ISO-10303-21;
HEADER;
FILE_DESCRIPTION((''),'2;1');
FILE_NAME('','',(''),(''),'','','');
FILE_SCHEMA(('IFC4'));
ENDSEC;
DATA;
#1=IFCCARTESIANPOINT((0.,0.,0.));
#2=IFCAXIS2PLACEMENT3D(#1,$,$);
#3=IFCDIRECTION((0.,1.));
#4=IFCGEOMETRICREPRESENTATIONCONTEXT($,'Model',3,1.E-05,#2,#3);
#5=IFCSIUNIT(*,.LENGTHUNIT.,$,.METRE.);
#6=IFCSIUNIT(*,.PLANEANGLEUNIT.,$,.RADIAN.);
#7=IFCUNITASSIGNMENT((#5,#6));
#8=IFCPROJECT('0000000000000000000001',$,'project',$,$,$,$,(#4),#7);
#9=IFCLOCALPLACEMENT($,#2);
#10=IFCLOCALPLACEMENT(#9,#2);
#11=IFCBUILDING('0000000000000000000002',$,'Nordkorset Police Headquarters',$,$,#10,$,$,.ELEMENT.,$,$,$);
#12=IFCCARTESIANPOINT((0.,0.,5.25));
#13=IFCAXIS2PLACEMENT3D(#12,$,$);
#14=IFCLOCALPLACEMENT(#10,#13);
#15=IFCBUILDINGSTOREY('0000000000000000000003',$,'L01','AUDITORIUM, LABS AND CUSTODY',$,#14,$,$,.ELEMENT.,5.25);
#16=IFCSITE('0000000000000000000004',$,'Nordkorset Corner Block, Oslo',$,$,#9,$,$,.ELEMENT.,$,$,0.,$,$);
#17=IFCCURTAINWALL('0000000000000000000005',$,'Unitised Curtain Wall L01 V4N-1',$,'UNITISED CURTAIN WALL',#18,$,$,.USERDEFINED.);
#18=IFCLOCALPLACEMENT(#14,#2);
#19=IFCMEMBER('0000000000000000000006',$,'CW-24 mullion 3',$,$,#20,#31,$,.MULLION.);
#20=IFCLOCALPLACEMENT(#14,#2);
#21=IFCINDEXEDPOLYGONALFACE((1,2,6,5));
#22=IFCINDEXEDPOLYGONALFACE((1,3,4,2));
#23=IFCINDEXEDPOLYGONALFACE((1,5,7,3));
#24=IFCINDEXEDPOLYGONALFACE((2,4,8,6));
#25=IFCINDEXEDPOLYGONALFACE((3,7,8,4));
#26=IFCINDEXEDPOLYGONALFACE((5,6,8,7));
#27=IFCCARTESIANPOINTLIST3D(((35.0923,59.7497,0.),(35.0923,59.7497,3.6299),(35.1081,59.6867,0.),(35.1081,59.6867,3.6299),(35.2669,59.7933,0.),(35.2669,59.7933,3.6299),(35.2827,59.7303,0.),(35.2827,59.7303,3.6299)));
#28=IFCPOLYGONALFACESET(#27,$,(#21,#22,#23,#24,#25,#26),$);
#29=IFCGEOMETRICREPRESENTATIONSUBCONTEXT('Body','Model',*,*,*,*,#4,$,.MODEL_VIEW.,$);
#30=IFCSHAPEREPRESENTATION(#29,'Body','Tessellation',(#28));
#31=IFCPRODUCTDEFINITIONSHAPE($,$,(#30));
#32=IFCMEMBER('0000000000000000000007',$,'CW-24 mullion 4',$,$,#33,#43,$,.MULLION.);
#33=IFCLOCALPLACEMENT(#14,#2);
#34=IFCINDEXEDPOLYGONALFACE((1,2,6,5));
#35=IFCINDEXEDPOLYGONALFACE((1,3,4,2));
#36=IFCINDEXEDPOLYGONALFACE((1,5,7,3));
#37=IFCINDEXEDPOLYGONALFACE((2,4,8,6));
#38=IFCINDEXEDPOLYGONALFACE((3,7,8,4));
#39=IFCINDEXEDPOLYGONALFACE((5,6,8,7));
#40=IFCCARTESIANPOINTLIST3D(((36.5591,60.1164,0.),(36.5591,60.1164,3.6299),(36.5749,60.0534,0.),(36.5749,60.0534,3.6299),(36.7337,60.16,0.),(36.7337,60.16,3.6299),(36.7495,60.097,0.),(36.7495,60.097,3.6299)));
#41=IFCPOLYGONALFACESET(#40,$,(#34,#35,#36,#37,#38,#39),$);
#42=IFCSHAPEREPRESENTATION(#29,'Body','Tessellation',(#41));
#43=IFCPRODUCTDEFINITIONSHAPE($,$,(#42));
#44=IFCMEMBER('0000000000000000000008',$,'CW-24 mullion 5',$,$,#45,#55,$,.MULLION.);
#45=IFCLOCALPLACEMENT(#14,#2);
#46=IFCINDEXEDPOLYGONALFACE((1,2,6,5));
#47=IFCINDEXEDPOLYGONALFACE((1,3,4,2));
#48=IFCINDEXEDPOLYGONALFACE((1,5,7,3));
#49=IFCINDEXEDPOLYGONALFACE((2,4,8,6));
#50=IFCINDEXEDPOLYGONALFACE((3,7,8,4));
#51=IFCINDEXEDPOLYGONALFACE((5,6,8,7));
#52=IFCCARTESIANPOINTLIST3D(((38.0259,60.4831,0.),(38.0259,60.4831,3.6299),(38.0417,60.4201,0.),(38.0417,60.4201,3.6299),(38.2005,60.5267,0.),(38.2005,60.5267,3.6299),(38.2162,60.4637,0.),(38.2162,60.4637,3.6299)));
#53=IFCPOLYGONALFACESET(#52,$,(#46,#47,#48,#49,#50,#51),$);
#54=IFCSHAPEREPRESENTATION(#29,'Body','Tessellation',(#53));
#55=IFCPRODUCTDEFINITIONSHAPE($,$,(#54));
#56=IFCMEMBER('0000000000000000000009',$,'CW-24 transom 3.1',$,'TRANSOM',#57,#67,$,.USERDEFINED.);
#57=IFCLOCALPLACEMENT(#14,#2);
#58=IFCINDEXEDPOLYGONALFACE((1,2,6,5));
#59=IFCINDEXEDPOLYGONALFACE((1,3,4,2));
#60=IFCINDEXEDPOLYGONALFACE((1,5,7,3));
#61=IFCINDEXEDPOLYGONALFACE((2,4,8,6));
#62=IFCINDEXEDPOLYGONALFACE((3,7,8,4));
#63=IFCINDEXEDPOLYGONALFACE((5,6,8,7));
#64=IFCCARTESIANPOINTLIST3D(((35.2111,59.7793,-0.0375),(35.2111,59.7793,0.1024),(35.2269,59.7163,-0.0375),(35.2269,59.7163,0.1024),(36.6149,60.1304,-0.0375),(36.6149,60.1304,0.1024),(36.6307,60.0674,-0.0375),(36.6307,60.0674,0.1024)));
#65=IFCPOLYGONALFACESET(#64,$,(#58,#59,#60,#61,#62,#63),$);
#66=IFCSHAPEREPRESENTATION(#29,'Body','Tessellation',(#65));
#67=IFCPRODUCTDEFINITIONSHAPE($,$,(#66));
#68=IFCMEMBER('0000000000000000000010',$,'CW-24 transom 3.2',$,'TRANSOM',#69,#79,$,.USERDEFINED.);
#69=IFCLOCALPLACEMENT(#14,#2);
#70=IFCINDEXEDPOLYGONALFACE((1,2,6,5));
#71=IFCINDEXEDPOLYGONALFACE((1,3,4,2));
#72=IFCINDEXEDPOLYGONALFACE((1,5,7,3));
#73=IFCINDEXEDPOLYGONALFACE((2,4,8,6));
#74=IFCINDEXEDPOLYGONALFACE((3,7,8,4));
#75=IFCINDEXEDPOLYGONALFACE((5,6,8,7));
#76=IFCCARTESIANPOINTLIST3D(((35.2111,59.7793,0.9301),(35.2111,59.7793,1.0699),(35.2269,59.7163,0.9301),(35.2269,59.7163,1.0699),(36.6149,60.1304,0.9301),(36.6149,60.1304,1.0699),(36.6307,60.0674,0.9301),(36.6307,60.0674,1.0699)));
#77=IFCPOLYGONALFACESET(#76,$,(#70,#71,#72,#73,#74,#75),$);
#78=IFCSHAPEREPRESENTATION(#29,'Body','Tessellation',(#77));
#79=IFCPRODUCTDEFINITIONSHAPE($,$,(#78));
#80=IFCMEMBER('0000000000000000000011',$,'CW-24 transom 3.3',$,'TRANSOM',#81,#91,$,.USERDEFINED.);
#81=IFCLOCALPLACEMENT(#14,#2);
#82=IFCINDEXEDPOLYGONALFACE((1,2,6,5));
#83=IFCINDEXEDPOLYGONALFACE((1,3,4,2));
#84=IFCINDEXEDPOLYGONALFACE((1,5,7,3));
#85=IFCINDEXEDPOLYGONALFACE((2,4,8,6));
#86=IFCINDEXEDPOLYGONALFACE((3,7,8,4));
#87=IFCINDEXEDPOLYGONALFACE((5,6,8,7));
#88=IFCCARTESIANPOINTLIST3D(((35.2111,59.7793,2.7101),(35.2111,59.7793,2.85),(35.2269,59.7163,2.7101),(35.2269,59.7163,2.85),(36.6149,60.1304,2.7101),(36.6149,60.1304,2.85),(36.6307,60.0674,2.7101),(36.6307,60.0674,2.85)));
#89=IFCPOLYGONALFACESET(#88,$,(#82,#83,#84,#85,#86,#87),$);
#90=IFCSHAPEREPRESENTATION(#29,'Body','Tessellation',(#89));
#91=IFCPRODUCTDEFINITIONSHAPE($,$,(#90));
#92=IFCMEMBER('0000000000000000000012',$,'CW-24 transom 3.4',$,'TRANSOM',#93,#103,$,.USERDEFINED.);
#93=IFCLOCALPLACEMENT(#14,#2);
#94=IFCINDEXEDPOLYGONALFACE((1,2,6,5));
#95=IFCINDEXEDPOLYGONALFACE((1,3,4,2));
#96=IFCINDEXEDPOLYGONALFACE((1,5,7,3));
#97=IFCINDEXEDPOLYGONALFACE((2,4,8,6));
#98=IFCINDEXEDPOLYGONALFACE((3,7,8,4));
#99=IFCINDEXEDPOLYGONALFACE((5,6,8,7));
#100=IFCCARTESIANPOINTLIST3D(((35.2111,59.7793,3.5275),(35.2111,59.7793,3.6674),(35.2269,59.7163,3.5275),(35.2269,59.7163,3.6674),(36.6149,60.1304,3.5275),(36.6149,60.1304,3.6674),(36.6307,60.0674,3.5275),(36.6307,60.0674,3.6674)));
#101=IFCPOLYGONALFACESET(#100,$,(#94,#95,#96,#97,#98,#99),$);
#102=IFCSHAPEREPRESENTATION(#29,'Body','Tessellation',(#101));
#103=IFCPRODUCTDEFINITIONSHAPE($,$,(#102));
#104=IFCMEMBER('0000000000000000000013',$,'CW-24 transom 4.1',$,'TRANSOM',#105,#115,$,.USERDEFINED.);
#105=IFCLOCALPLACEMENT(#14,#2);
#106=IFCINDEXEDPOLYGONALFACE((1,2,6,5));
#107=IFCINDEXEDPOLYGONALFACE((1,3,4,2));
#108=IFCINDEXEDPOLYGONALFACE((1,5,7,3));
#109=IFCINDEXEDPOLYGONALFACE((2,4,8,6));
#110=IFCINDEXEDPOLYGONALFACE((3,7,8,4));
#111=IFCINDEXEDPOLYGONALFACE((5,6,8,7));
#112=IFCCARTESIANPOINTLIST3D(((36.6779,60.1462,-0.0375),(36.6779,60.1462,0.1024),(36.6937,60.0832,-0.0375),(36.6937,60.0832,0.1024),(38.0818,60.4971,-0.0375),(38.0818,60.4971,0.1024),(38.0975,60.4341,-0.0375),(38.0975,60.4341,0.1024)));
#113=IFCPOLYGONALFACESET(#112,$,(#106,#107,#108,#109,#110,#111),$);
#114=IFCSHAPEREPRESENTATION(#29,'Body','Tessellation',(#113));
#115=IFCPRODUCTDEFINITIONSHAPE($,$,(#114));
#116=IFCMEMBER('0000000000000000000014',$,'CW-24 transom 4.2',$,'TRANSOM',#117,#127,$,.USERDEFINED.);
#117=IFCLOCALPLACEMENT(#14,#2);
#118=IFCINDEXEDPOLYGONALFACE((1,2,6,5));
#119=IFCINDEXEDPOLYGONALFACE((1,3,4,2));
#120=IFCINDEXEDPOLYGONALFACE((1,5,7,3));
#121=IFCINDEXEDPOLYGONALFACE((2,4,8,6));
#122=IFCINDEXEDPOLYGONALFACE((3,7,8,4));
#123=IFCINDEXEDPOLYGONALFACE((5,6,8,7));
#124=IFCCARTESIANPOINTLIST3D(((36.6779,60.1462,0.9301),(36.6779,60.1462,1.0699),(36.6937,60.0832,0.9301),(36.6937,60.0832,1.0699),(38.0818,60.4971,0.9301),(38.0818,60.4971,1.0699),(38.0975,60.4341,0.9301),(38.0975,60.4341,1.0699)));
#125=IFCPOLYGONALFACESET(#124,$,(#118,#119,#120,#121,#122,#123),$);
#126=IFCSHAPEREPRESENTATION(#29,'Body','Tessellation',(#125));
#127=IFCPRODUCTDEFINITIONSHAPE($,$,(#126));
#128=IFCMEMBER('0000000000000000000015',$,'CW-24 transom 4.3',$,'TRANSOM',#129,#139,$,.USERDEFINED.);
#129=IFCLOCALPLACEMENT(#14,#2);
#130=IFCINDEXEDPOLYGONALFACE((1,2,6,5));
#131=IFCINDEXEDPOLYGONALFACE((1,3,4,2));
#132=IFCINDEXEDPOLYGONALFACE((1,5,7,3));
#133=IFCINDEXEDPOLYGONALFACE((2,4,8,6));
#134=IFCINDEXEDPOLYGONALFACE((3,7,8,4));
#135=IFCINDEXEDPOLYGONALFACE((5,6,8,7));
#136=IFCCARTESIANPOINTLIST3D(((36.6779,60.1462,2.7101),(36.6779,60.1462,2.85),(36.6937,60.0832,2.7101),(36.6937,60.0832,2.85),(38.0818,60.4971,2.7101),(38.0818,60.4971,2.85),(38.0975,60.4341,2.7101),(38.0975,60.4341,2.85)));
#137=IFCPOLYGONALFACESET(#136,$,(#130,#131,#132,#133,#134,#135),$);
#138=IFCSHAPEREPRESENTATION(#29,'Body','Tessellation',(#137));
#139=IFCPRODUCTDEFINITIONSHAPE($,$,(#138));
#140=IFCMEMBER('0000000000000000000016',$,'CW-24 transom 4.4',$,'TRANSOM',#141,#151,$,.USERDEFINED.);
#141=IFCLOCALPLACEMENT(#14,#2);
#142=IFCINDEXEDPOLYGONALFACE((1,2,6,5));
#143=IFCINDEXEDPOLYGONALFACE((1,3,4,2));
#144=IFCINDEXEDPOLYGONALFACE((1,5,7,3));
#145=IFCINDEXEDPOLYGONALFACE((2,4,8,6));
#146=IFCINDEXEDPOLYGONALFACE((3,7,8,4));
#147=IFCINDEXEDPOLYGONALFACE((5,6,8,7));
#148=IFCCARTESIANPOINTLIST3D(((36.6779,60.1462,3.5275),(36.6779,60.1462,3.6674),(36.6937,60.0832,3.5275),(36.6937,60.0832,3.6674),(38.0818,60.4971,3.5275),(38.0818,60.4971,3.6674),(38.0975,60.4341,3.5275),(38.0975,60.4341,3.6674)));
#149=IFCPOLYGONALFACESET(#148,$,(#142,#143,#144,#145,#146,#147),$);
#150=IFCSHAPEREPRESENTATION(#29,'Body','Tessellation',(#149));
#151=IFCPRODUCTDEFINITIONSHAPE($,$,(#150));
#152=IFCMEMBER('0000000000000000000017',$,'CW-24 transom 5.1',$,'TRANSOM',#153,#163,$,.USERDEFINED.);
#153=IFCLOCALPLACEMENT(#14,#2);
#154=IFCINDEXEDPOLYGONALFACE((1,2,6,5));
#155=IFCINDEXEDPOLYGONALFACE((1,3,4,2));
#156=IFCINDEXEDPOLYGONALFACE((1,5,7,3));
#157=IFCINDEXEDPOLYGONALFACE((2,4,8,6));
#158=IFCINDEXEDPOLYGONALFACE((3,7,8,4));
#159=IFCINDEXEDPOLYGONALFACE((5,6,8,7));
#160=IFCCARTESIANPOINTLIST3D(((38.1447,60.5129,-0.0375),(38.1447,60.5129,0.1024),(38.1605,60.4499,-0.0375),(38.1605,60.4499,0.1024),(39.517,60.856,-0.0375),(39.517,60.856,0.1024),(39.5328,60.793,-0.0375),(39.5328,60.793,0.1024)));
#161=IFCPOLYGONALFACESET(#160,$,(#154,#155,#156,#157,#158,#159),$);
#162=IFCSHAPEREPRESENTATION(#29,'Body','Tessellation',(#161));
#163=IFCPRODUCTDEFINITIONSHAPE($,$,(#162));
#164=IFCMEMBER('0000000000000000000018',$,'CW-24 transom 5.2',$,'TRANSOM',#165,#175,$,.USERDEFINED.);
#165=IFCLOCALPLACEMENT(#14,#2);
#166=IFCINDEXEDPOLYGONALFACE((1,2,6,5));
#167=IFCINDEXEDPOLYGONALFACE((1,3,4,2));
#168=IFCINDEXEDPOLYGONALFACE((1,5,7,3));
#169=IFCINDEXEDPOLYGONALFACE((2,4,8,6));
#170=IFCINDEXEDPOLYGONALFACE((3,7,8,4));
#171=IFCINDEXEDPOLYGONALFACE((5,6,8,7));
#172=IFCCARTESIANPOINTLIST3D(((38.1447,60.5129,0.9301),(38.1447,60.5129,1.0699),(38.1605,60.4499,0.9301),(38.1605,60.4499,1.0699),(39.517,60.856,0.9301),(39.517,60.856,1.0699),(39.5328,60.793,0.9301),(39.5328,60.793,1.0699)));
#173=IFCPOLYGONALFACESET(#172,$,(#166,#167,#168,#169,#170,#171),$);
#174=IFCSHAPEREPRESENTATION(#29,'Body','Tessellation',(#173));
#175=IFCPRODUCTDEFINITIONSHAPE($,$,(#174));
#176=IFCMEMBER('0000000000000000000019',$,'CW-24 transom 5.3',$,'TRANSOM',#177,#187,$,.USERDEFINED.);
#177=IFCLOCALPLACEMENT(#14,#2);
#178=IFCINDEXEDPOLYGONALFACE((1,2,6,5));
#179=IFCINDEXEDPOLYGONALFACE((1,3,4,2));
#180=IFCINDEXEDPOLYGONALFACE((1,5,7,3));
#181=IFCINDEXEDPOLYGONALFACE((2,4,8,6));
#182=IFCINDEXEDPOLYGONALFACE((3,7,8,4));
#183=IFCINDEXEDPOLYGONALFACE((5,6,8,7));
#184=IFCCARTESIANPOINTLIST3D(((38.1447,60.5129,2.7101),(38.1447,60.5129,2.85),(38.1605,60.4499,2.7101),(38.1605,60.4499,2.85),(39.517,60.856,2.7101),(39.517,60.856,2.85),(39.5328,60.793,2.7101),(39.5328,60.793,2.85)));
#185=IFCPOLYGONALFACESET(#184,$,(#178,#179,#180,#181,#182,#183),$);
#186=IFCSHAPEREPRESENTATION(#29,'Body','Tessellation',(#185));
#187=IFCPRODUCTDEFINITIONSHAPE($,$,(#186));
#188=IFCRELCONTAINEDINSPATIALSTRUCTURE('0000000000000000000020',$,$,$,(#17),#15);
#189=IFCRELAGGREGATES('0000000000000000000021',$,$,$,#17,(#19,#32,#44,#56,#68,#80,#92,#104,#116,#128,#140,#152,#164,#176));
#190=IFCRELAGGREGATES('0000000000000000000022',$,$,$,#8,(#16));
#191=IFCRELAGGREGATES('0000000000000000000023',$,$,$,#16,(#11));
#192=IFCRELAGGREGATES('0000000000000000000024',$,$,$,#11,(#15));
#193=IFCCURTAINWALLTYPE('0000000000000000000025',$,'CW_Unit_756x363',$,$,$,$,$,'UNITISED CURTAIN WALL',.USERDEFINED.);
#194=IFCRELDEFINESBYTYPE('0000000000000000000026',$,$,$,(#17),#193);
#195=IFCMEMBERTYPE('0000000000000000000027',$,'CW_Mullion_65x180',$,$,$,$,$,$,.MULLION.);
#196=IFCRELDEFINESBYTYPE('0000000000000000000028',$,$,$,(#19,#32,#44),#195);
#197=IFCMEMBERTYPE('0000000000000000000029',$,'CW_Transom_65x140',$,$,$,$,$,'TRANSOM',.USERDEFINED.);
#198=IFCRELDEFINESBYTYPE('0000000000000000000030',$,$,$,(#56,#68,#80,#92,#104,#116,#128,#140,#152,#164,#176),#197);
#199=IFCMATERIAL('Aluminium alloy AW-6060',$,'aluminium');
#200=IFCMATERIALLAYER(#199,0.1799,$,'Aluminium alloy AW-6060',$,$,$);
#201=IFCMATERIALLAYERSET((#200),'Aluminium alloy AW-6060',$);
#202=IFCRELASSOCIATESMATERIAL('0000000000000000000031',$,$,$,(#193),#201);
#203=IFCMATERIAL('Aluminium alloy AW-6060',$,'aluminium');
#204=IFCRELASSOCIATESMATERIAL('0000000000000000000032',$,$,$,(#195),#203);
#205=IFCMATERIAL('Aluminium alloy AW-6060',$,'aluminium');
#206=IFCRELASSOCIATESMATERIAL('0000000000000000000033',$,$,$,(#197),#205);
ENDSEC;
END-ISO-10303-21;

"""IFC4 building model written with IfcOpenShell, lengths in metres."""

from ifc_helpers import new_model, si_unit, direction, frame, origin, origin_2d, place, context, subcontext, project, spatial, rectangle, extrude, material, layer, layer_set, material_profile, profile_set, type_object, element, aggregate, save


model = new_model("IFC4")

# Units and contexts
model_context = context("Model", 3, precision=1e-05, world=origin(), true_north=direction((0.0, 1.0)))
body_context = subcontext(model_context, "Body", "Model", "MODEL_VIEW")
ifc_project = project(units=[si_unit("LENGTHUNIT", "METRE"), si_unit("PLANEANGLEUNIT", "RADIAN")], contexts=[model_context])

# Site, building, storey
site_placement = place(None, origin())
site = spatial("IfcSite", under=ifc_project, at=site_placement, Name="Nordkorset Corner Block, Oslo", CompositionType="ELEMENT", RefElevation=0.0)
building_placement = place(site_placement, origin())
building = spatial("IfcBuilding", under=site, at=building_placement, Name="Nordkorset Police Headquarters", CompositionType="ELEMENT")
storey_placement = place(building_placement, frame((0.0, 0.0, 5.25)))
storey = spatial("IfcBuildingStorey", under=building, at=storey_placement, Name="L01", Description="AUDITORIUM, LABS AND CUSTODY", CompositionType="ELEMENT", Elevation=5.25)

# Curtain wall, members
ifc_material_1 = material(Name="Aluminium alloy AW-6060", Category="aluminium")
ifc_layer_1 = layer(ifc_material_1, 0.1799, Name="Aluminium alloy AW-6060")
ifc_layer_set_1 = layer_set([ifc_layer_1], Name="Aluminium alloy AW-6060")
curtain_wall_type = type_object("IfcCurtainWallType", Name="CW_Unit_756x363", ElementType="UNITISED CURTAIN WALL", PredefinedType="USERDEFINED", material=ifc_layer_set_1)
curtain_wall_placement = place(storey_placement, origin())
curtain_wall = element("IfcCurtainWall", 1, at=curtain_wall_placement, inside=storey, type_object=curtain_wall_type, Name="Unitised Curtain Wall L01 V4N-1", ObjectType="UNITISED CURTAIN WALL", PredefinedType="USERDEFINED")
ifc_material_2 = material(Name="Aluminium alloy AW-6060", Category="aluminium")
ifc_material_profile_1 = material_profile(ifc_material_2, rectangle(XDim=0.0649, YDim=0.1799, at=origin_2d()), Name="ALU MULL 65x180")
ifc_profile_set_1 = profile_set([ifc_material_profile_1], Name="Aluminium alloy AW-6060")
member_type_1 = type_object("IfcMemberType", Name="CW_Mullion_65x180", PredefinedType="MULLION", material=ifc_profile_set_1)
member_1_placement = place(storey_placement, frame((35.1875, 59.74, 0.0), z_axis=(0.0, 0.0, 1.0), x_axis=(-0.242536, 0.970143, 0.0)))
member_1 = element("IfcMember", 2, at=member_1_placement, type_object=member_type_1, Name="CW-24 mullion 3", PredefinedType="MULLION", context=body_context, shape_type="SweptSolid", body=[
    extrude(rectangle(XDim=0.0649, YDim=0.1799, at=origin_2d()), origin(), (0.0, 0.0, 1.0), 3.6299),
])
member_2_placement = place(storey_placement, frame((36.6543, 60.1067, 0.0), z_axis=(0.0, 0.0, 1.0), x_axis=(-0.242536, 0.970143, 0.0)))
member_2 = element("IfcMember", 3, at=member_2_placement, type_object=member_type_1, Name="CW-24 mullion 4", PredefinedType="MULLION", context=body_context, shape_type="SweptSolid", body=[
    extrude(rectangle(XDim=0.0649, YDim=0.1799, at=origin_2d()), origin(), (0.0, 0.0, 1.0), 3.6299),
])
member_3_placement = place(storey_placement, frame((38.1211, 60.4734, 0.0), z_axis=(0.0, 0.0, 1.0), x_axis=(-0.242536, 0.970143, 0.0)))
member_3 = element("IfcMember", 4, at=member_3_placement, type_object=member_type_1, Name="CW-24 mullion 5", PredefinedType="MULLION", context=body_context, shape_type="SweptSolid", body=[
    extrude(rectangle(XDim=0.0649, YDim=0.1799, at=origin_2d()), origin(), (0.0, 0.0, 1.0), 3.6299),
])
ifc_material_3 = material(Name="Aluminium alloy AW-6060", Category="aluminium")
ifc_material_profile_2 = material_profile(ifc_material_3, rectangle(XDim=0.0649, YDim=0.1399, at=origin_2d()), Name="ALU TRAN 65x140")
ifc_profile_set_2 = profile_set([ifc_material_profile_2], Name="Aluminium alloy AW-6060")
member_type_2 = type_object("IfcMemberType", Name="CW_Transom_65x140", ElementType="TRANSOM", PredefinedType="USERDEFINED", material=ifc_profile_set_2)
member_4_placement = place(storey_placement, frame((35.219, 59.7478, 0.0325), z_axis=(0.970123, 0.242615, 0.0), x_axis=(-0.242615, 0.970123, 0.0)))
member_4 = element("IfcMember", 5, at=member_4_placement, type_object=member_type_2, Name="CW-24 transom 3.1", ObjectType="TRANSOM", PredefinedType="USERDEFINED", context=body_context, shape_type="SweptSolid", body=[
    extrude(rectangle(XDim=0.0649, YDim=0.1399, at=origin_2d()), origin(), (0.0, 0.0, 1.0), 1.447),
])
member_5_placement = place(storey_placement, frame((35.219, 59.7478, 1.0), z_axis=(0.970123, 0.242615, 0.0), x_axis=(-0.242615, 0.970123, 0.0)))
member_5 = element("IfcMember", 6, at=member_5_placement, type_object=member_type_2, Name="CW-24 transom 3.2", ObjectType="TRANSOM", PredefinedType="USERDEFINED", context=body_context, shape_type="SweptSolid", body=[
    extrude(rectangle(XDim=0.0649, YDim=0.1399, at=origin_2d()), origin(), (0.0, 0.0, 1.0), 1.447),
])
member_6_placement = place(storey_placement, frame((35.219, 59.7478, 2.78), z_axis=(0.970123, 0.242615, 0.0), x_axis=(-0.242615, 0.970123, 0.0)))
member_6 = element("IfcMember", 7, at=member_6_placement, type_object=member_type_2, Name="CW-24 transom 3.3", ObjectType="TRANSOM", PredefinedType="USERDEFINED", context=body_context, shape_type="SweptSolid", body=[
    extrude(rectangle(XDim=0.0649, YDim=0.1399, at=origin_2d()), origin(), (0.0, 0.0, 1.0), 1.447),
])
member_7_placement = place(storey_placement, frame((35.219, 59.7478, 3.5974), z_axis=(0.970123, 0.242615, 0.0), x_axis=(-0.242615, 0.970123, 0.0)))
member_7 = element("IfcMember", 8, at=member_7_placement, type_object=member_type_2, Name="CW-24 transom 3.4", ObjectType="TRANSOM", PredefinedType="USERDEFINED", context=body_context, shape_type="SweptSolid", body=[
    extrude(rectangle(XDim=0.0649, YDim=0.1399, at=origin_2d()), origin(), (0.0, 0.0, 1.0), 1.447),
])
member_8_placement = place(storey_placement, frame((36.6858, 60.1147, 0.0325), z_axis=(0.970162, 0.242456, 0.0), x_axis=(-0.242456, 0.970162, 0.0)))
member_8 = element("IfcMember", 9, at=member_8_placement, type_object=member_type_2, Name="CW-24 transom 4.1", ObjectType="TRANSOM", PredefinedType="USERDEFINED", context=body_context, shape_type="SweptSolid", body=[
    extrude(rectangle(XDim=0.0649, YDim=0.1399, at=origin_2d()), origin(), (0.0, 0.0, 1.0), 1.447),
])
member_9_placement = place(storey_placement, frame((36.6858, 60.1147, 1.0), z_axis=(0.970162, 0.242456, 0.0), x_axis=(-0.242456, 0.970162, 0.0)))
member_9 = element("IfcMember", 10, at=member_9_placement, type_object=member_type_2, Name="CW-24 transom 4.2", ObjectType="TRANSOM", PredefinedType="USERDEFINED", context=body_context, shape_type="SweptSolid", body=[
    extrude(rectangle(XDim=0.0649, YDim=0.1399, at=origin_2d()), origin(), (0.0, 0.0, 1.0), 1.447),
])
member_10_placement = place(storey_placement, frame((36.6858, 60.1147, 2.78), z_axis=(0.970162, 0.242456, 0.0), x_axis=(-0.242456, 0.970162, 0.0)))
member_10 = element("IfcMember", 11, at=member_10_placement, type_object=member_type_2, Name="CW-24 transom 4.3", ObjectType="TRANSOM", PredefinedType="USERDEFINED", context=body_context, shape_type="SweptSolid", body=[
    extrude(rectangle(XDim=0.0649, YDim=0.1399, at=origin_2d()), origin(), (0.0, 0.0, 1.0), 1.447),
])
member_11_placement = place(storey_placement, frame((36.6858, 60.1147, 3.5974), z_axis=(0.970162, 0.242456, 0.0), x_axis=(-0.242456, 0.970162, 0.0)))
member_11 = element("IfcMember", 12, at=member_11_placement, type_object=member_type_2, Name="CW-24 transom 4.4", ObjectType="TRANSOM", PredefinedType="USERDEFINED", context=body_context, shape_type="SweptSolid", body=[
    extrude(rectangle(XDim=0.0649, YDim=0.1399, at=origin_2d()), origin(), (0.0, 0.0, 1.0), 1.447),
])
member_12_placement = place(storey_placement, frame((38.1526, 60.4814, 0.0325), z_axis=(0.970153, 0.242495, 0.0), x_axis=(-0.242495, 0.970153, 0.0)))
member_12 = element("IfcMember", 13, at=member_12_placement, type_object=member_type_2, Name="CW-24 transom 5.1", ObjectType="TRANSOM", PredefinedType="USERDEFINED", context=body_context, shape_type="SweptSolid", body=[
    extrude(rectangle(XDim=0.0649, YDim=0.1399, at=origin_2d()), origin(), (0.0, 0.0, 1.0), 1.4146),
])
member_13_placement = place(storey_placement, frame((38.1526, 60.4814, 1.0), z_axis=(0.970153, 0.242495, 0.0), x_axis=(-0.242495, 0.970153, 0.0)))
member_13 = element("IfcMember", 14, at=member_13_placement, type_object=member_type_2, Name="CW-24 transom 5.2", ObjectType="TRANSOM", PredefinedType="USERDEFINED", context=body_context, shape_type="SweptSolid", body=[
    extrude(rectangle(XDim=0.0649, YDim=0.1399, at=origin_2d()), origin(), (0.0, 0.0, 1.0), 1.4146),
])
member_14_placement = place(storey_placement, frame((38.1526, 60.4814, 2.78), z_axis=(0.970153, 0.242495, 0.0), x_axis=(-0.242495, 0.970153, 0.0)))
member_14 = element("IfcMember", 15, at=member_14_placement, type_object=member_type_2, Name="CW-24 transom 5.3", ObjectType="TRANSOM", PredefinedType="USERDEFINED", context=body_context, shape_type="SweptSolid", body=[
    extrude(rectangle(XDim=0.0649, YDim=0.1399, at=origin_2d()), origin(), (0.0, 0.0, 1.0), 1.4146),
])
aggregate(curtain_wall, [member_1, member_2, member_3, member_4, member_5, member_6, member_7, member_8, member_9, member_10, member_11, member_12, member_13, member_14])

save(model, "model.ifc")
